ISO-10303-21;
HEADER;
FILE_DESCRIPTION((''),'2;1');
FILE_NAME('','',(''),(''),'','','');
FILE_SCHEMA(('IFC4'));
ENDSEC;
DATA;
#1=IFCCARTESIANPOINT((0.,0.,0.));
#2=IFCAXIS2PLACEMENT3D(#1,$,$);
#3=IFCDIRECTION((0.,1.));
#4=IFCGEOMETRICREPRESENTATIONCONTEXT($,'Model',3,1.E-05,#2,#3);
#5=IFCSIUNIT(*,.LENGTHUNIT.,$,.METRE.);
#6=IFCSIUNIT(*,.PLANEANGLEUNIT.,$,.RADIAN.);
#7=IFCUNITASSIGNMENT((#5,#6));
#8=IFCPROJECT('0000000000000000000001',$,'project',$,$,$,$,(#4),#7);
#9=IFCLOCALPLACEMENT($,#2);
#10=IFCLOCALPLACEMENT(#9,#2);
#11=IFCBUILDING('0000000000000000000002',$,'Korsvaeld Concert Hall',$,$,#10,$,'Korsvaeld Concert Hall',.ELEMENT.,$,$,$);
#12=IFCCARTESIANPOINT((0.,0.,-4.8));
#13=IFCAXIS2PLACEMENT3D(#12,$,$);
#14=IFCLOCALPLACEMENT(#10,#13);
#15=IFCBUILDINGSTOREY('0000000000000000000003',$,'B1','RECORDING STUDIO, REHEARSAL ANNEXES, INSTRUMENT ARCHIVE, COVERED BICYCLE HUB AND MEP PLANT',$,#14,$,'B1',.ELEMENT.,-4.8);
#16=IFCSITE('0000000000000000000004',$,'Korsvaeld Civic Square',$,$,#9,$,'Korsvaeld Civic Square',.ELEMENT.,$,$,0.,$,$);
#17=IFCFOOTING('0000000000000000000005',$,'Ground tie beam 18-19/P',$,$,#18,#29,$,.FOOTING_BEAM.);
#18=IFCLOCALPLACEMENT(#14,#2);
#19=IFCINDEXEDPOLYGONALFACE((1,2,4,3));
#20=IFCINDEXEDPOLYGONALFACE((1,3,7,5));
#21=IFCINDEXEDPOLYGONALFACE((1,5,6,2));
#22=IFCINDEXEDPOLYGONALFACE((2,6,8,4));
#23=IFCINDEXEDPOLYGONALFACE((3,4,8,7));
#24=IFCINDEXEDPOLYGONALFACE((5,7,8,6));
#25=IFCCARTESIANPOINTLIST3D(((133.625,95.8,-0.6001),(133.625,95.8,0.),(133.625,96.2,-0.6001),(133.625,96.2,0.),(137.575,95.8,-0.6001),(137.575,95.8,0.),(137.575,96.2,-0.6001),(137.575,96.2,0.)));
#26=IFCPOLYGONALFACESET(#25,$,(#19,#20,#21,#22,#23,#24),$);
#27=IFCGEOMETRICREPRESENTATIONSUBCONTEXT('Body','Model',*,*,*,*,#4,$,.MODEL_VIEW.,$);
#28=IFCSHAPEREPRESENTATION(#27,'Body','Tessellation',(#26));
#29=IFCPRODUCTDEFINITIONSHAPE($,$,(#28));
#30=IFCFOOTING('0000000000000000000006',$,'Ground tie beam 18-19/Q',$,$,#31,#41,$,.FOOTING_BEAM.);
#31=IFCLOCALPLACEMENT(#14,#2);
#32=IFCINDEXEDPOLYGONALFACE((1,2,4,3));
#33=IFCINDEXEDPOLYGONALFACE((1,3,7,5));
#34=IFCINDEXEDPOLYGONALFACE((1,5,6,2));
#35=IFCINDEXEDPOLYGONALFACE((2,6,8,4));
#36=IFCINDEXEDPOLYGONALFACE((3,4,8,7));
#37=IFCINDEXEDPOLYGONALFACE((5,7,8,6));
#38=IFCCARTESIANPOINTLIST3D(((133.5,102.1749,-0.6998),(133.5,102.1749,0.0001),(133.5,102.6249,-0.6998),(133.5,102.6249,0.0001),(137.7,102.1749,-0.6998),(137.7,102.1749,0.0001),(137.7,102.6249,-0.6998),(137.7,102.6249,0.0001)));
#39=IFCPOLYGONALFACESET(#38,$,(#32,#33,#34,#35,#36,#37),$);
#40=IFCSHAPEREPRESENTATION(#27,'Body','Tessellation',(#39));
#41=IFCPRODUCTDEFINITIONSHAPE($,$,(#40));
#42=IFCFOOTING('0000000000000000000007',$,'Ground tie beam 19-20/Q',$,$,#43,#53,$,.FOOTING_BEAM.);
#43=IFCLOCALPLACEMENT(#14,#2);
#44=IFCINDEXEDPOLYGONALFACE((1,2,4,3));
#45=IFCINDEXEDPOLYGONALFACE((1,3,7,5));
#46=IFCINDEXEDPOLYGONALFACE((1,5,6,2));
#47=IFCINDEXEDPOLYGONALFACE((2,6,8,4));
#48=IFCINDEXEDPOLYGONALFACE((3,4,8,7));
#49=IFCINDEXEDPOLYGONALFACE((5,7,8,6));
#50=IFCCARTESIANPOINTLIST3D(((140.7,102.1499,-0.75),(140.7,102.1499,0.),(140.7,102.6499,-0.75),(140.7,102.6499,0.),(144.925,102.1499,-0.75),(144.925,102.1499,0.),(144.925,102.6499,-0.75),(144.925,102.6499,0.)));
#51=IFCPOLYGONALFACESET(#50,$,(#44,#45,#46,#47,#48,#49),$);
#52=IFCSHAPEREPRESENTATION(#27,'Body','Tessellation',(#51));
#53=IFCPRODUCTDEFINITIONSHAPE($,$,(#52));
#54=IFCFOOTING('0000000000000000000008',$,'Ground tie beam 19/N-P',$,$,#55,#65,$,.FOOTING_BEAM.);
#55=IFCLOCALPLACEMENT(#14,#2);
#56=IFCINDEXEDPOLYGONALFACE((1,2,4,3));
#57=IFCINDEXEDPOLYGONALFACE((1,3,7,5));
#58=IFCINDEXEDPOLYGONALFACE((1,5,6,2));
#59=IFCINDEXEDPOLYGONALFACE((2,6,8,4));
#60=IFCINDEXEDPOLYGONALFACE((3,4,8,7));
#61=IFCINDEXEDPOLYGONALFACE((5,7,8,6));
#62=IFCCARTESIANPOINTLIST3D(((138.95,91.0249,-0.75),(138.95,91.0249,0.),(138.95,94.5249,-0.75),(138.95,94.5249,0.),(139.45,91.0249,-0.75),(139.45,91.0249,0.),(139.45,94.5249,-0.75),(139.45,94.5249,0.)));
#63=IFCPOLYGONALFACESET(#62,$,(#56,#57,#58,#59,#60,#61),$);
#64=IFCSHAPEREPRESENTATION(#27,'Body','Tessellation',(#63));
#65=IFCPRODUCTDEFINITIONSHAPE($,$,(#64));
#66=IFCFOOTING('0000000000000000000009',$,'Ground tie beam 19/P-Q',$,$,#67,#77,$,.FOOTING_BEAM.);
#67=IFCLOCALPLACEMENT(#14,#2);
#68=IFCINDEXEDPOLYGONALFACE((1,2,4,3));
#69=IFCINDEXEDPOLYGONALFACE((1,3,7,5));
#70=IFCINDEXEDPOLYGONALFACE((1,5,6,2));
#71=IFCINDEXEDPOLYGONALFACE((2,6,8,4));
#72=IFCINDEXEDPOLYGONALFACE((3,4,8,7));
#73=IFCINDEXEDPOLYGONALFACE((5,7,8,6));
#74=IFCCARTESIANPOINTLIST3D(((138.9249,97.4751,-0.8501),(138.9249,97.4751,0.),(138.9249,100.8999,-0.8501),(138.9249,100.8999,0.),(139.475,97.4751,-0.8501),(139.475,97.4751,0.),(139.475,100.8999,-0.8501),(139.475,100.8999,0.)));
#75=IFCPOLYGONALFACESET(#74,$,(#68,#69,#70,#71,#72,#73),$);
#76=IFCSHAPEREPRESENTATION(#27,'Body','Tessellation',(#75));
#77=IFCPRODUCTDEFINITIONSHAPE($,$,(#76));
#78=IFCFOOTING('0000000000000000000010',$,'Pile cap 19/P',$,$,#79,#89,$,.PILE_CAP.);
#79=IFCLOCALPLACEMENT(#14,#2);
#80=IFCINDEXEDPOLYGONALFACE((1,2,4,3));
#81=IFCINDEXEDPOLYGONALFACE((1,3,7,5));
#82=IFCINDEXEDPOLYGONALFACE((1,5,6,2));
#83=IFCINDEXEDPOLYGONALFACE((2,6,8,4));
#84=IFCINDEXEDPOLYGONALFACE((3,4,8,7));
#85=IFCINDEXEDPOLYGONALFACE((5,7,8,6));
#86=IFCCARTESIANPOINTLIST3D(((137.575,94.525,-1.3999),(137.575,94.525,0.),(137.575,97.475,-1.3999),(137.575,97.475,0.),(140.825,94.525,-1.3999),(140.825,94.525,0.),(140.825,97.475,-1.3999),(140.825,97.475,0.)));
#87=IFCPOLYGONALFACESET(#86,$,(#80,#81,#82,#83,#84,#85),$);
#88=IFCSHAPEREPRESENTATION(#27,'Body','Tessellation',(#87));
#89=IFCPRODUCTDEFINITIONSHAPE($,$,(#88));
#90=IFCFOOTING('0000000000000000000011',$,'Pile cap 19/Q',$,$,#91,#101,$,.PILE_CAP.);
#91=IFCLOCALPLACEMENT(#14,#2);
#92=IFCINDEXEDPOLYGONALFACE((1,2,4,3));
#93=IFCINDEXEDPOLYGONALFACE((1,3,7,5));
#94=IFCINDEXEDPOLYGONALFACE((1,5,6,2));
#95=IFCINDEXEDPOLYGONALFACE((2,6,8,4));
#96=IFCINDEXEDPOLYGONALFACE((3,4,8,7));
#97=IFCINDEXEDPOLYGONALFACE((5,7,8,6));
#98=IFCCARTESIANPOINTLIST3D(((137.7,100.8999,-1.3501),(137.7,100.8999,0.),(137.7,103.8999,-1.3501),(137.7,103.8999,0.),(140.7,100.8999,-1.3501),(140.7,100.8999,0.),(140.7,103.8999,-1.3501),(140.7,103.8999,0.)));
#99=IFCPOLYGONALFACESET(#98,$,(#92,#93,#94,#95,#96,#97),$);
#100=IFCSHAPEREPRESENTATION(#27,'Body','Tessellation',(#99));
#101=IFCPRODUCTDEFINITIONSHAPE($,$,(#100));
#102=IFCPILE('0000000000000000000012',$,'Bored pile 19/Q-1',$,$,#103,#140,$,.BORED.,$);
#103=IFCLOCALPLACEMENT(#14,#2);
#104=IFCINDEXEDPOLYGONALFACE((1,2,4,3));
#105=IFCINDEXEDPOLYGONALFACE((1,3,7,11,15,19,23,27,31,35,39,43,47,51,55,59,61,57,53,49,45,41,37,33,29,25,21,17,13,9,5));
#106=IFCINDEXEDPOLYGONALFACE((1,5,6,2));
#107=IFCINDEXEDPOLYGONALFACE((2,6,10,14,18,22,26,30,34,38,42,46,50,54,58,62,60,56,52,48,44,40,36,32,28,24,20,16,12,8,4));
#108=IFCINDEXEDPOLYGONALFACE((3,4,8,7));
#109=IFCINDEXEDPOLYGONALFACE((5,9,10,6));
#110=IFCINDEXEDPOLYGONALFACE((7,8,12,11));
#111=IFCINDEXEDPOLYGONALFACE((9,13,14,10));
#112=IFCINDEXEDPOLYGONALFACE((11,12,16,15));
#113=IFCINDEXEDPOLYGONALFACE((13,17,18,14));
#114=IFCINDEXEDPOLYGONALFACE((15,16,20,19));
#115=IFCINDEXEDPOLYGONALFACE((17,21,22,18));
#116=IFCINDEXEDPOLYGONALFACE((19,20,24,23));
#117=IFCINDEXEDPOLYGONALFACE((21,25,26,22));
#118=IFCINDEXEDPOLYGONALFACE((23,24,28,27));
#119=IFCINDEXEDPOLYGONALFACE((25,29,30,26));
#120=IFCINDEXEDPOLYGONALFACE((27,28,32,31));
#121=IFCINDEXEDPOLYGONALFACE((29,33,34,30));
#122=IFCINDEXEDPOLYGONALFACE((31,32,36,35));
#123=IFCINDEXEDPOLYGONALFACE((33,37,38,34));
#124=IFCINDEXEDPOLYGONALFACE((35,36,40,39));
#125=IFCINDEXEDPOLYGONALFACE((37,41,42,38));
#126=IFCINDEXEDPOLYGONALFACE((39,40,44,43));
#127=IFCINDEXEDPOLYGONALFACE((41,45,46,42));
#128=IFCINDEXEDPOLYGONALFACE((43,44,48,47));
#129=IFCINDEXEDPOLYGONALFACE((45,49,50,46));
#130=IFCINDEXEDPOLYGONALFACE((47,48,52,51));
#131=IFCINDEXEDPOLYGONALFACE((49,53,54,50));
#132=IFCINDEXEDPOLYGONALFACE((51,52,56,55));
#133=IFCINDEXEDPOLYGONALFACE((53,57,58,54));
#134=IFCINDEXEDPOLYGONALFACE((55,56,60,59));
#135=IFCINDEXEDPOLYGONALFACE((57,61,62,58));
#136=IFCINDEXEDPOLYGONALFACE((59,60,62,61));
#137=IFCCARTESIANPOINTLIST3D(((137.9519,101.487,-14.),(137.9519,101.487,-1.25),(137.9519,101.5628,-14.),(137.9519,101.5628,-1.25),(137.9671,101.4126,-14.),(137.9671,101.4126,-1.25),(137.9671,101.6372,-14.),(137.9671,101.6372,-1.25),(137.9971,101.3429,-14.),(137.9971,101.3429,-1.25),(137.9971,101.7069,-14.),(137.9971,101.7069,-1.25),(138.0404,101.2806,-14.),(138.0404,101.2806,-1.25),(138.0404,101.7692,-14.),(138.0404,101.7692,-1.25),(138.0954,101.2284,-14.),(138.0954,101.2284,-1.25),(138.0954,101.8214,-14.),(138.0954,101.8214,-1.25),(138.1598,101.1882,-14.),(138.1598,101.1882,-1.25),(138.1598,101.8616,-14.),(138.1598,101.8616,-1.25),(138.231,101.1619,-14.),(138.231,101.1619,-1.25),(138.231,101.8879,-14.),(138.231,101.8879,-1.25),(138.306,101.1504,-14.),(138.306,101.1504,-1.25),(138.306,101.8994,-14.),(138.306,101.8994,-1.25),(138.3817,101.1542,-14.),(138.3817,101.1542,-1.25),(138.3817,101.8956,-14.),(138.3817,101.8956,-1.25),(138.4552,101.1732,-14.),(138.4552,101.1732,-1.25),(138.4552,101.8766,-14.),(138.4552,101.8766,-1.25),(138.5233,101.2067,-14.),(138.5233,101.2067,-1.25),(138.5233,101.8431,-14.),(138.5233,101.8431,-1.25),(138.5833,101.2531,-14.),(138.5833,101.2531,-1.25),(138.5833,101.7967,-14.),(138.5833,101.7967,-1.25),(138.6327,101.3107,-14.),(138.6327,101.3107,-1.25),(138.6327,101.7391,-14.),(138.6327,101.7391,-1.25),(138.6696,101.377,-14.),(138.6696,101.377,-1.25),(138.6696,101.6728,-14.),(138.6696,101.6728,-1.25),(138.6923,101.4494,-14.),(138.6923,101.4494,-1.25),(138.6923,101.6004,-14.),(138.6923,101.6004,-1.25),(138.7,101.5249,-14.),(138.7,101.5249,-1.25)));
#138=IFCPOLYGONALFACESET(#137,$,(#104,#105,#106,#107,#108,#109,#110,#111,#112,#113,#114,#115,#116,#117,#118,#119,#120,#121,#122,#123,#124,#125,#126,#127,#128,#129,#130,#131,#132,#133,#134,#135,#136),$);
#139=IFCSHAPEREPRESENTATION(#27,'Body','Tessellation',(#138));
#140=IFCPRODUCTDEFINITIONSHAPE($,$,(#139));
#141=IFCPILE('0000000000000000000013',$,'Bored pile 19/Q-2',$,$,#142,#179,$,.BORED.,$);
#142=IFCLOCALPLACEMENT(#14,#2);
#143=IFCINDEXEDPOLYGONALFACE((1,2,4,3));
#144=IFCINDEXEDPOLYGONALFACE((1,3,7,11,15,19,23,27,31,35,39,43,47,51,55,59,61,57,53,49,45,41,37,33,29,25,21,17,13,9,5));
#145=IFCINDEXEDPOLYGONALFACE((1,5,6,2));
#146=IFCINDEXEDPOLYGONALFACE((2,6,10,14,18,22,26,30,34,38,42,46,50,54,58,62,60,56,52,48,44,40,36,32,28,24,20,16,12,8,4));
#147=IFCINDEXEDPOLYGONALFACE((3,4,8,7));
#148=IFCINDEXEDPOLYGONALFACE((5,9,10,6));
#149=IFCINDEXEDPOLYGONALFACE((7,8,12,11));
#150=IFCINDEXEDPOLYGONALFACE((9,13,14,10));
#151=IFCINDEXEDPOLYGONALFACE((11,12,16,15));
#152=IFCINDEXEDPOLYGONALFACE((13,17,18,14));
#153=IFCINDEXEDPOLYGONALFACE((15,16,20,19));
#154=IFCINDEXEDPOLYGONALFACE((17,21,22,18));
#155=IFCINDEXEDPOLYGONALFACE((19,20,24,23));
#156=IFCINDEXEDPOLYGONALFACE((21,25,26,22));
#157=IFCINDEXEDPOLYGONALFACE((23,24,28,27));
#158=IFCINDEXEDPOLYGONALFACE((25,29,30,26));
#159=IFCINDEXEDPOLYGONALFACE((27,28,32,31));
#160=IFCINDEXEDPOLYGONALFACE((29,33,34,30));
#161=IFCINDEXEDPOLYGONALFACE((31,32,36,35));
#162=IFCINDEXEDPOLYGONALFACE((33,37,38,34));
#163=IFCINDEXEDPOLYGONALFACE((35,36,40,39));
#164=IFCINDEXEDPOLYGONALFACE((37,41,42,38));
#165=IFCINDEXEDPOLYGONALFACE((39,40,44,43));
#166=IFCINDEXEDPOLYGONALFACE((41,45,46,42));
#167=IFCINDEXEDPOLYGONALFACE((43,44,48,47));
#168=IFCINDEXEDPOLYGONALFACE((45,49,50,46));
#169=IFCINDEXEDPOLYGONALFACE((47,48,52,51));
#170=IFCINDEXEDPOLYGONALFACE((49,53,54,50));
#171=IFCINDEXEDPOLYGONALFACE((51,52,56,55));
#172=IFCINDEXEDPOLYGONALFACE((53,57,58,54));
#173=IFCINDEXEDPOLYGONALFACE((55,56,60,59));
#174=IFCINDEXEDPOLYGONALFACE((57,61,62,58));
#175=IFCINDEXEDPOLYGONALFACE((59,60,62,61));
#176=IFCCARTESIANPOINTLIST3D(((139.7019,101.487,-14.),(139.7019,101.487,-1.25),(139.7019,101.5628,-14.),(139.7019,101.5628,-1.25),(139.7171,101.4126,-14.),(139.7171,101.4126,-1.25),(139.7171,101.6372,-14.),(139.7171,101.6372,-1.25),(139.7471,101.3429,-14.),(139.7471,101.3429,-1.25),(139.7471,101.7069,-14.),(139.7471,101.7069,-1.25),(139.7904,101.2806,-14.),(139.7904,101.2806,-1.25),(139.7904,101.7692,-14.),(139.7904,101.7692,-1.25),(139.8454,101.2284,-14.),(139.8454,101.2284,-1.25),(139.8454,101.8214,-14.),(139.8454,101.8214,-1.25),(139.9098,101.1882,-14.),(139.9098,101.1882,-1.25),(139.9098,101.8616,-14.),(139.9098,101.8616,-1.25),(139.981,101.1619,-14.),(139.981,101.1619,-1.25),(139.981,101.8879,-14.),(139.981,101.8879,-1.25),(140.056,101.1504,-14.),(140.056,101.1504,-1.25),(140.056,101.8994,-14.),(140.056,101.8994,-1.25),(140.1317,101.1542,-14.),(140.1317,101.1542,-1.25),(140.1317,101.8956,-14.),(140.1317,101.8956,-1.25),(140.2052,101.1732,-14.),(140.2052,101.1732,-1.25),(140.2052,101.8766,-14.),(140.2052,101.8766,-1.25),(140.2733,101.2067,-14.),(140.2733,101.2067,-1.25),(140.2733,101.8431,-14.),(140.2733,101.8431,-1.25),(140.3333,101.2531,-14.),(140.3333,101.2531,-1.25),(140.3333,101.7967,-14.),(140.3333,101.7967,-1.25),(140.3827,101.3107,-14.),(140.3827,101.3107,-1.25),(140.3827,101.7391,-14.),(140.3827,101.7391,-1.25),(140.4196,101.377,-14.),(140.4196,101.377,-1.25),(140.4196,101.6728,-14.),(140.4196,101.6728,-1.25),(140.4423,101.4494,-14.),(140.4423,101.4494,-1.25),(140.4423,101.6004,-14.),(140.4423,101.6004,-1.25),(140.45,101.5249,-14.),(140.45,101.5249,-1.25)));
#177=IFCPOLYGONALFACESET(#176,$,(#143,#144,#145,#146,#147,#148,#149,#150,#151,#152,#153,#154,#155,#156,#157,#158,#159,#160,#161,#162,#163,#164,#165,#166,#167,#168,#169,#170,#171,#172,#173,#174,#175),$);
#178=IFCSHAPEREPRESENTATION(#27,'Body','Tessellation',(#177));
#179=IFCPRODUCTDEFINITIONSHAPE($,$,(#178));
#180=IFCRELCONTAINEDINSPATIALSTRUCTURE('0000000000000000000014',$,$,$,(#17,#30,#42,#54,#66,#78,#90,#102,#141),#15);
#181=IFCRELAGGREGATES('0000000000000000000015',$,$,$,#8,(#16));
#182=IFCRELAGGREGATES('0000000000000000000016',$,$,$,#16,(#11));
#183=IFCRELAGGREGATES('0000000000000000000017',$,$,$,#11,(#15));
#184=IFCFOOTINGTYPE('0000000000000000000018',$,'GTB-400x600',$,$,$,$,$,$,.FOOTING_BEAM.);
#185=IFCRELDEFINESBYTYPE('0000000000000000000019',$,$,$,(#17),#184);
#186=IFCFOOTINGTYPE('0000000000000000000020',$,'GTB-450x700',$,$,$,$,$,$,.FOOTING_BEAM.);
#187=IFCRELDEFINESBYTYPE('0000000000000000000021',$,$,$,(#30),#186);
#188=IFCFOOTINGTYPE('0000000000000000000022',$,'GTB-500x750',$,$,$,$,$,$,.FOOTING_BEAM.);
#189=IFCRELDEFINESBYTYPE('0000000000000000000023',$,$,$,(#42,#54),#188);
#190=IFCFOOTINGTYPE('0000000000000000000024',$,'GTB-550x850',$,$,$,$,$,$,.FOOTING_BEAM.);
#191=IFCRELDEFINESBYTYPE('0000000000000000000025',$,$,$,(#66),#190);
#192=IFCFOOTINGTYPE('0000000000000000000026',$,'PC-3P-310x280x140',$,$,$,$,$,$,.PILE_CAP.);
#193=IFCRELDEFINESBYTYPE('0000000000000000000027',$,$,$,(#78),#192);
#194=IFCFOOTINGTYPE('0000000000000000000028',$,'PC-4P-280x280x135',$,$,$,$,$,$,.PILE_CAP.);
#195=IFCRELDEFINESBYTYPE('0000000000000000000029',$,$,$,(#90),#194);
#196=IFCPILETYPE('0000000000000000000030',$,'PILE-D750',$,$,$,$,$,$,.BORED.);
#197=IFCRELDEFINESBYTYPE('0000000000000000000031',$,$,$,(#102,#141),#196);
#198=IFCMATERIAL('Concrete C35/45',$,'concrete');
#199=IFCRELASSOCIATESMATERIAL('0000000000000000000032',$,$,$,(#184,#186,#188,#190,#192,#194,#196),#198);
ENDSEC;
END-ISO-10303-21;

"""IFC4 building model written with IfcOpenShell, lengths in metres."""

from ifc_helpers import new_model, si_unit, direction, frame, origin, origin_2d, place, context, subcontext, project, spatial, rectangle, circle, extrude, material, material_profile, profile_set, type_object, element, save


model = new_model("IFC4")

# Units and contexts
model_context = context("Model", 3, precision=1e-05, world=origin(), true_north=direction((0.0, 1.0)))
body_context = subcontext(model_context, "Body", "Model", "MODEL_VIEW")
ifc_project = project(units=[si_unit("LENGTHUNIT", "METRE"), si_unit("PLANEANGLEUNIT", "RADIAN")], contexts=[model_context])

# Site, building, storey
site_placement = place(None, origin())
site = spatial("IfcSite", under=ifc_project, at=site_placement, Name="Korsvaeld Civic Square", LongName="Korsvaeld Civic Square", CompositionType="ELEMENT", RefElevation=0.0)
building_placement = place(site_placement, origin())
building = spatial("IfcBuilding", under=site, at=building_placement, Name="Korsvaeld Concert Hall", LongName="Korsvaeld Concert Hall", CompositionType="ELEMENT")
storey_placement = place(building_placement, frame((0.0, 0.0, -4.8)))
storey = spatial("IfcBuildingStorey", under=building, at=storey_placement, Name="B1", Description="RECORDING STUDIO, REHEARSAL ANNEXES, INSTRUMENT ARCHIVE, COVERED BICYCLE HUB AND MEP PLANT", LongName="B1", CompositionType="ELEMENT", Elevation=-4.8)

# Footings
ifc_material_1 = material(Name="Concrete C35/45", Category="concrete")
ifc_material_profile_1 = material_profile(ifc_material_1, rectangle(XDim=0.3999, YDim=0.6001, at=origin_2d()), Name="GTB 400x600")
ifc_profile_set_1 = profile_set([ifc_material_profile_1], Name="Concrete C35/45")
footing_type_1 = type_object("IfcFootingType", Name="GTB-400x600", PredefinedType="FOOTING_BEAM", material=ifc_profile_set_1)
footing_1_placement = place(storey_placement, frame((133.625, 96.0, -0.3), z_axis=(1.0, 0.0, 0.0), x_axis=(0.0, 1.0, 0.0)))
element("IfcFooting", 1, at=footing_1_placement, inside=storey, type_object=footing_type_1, Name="Ground tie beam 18-19/P", PredefinedType="FOOTING_BEAM", context=body_context, shape_type="SweptSolid", body=[
    extrude(rectangle(XDim=0.3999, YDim=0.6001, at=origin_2d()), origin(), (0.0, 0.0, 1.0), 3.95),
])
ifc_material_profile_2 = material_profile(ifc_material_1, rectangle(XDim=0.45, YDim=0.7, at=origin_2d()), Name="GTB 450x700")
ifc_profile_set_2 = profile_set([ifc_material_profile_2], Name="Concrete C35/45")
footing_type_2 = type_object("IfcFootingType", Name="GTB-450x700", PredefinedType="FOOTING_BEAM", material=ifc_profile_set_2)
footing_2_placement = place(storey_placement, frame((133.5, 102.3999, -0.3499), z_axis=(1.0, 0.0, 0.0), x_axis=(0.0, 1.0, 0.0)))
element("IfcFooting", 2, at=footing_2_placement, inside=storey, type_object=footing_type_2, Name="Ground tie beam 18-19/Q", PredefinedType="FOOTING_BEAM", context=body_context, shape_type="SweptSolid", body=[
    extrude(rectangle(XDim=0.45, YDim=0.7, at=origin_2d()), origin(), (0.0, 0.0, 1.0), 4.2),
])
ifc_material_profile_3 = material_profile(ifc_material_1, rectangle(XDim=0.5, YDim=0.75, at=origin_2d()), Name="GTB 500x750")
ifc_profile_set_3 = profile_set([ifc_material_profile_3], Name="Concrete C35/45")
footing_type_3 = type_object("IfcFootingType", Name="GTB-500x750", PredefinedType="FOOTING_BEAM", material=ifc_profile_set_3)
footing_3_placement = place(storey_placement, frame((140.7, 102.3999, -0.375), z_axis=(1.0, 0.0, 0.0), x_axis=(0.0, 1.0, 0.0)))
element("IfcFooting", 3, at=footing_3_placement, inside=storey, type_object=footing_type_3, Name="Ground tie beam 19-20/Q", PredefinedType="FOOTING_BEAM", context=body_context, shape_type="SweptSolid", body=[
    extrude(rectangle(XDim=0.5, YDim=0.75, at=origin_2d()), origin(), (0.0, 0.0, 1.0), 4.2251),
])
footing_4_placement = place(storey_placement, frame((139.2, 91.0249, -0.375), z_axis=(0.0, 1.0, 0.0), x_axis=(-1.0, 0.0, 0.0)))
element("IfcFooting", 4, at=footing_4_placement, inside=storey, type_object=footing_type_3, Name="Ground tie beam 19/N-P", PredefinedType="FOOTING_BEAM", context=body_context, shape_type="SweptSolid", body=[
    extrude(rectangle(XDim=0.5, YDim=0.75, at=origin_2d()), origin(), (0.0, 0.0, 1.0), 3.5),
])
ifc_material_profile_4 = material_profile(ifc_material_1, rectangle(XDim=0.55, YDim=0.8501, at=origin_2d()), Name="GTB 550x850")
ifc_profile_set_4 = profile_set([ifc_material_profile_4], Name="Concrete C35/45")
footing_type_4 = type_object("IfcFootingType", Name="GTB-550x850", PredefinedType="FOOTING_BEAM", material=ifc_profile_set_4)
footing_5_placement = place(storey_placement, frame((139.2, 97.4751, -0.425), z_axis=(0.0, 1.0, 0.0), x_axis=(-1.0, 0.0, 0.0)))
element("IfcFooting", 5, at=footing_5_placement, inside=storey, type_object=footing_type_4, Name="Ground tie beam 19/P-Q", PredefinedType="FOOTING_BEAM", context=body_context, shape_type="SweptSolid", body=[
    extrude(rectangle(XDim=0.55, YDim=0.8501, at=origin_2d()), origin(), (0.0, 0.0, 1.0), 3.4248),
])
footing_type_5 = type_object("IfcFootingType", Name="PC-3P-310x280x140", PredefinedType="PILE_CAP", material=ifc_material_1)
footing_6_placement = place(storey_placement, frame((139.2, 96.0, -1.3999), z_axis=(0.0, 0.0, 1.0), x_axis=(1.0, 0.0, 0.0)))
element("IfcFooting", 6, at=footing_6_placement, inside=storey, type_object=footing_type_5, Name="Pile cap 19/P", PredefinedType="PILE_CAP", context=body_context, shape_type="SweptSolid", body=[
    extrude(rectangle(XDim=3.25, YDim=2.95, at=origin_2d()), origin(), (0.0, 0.0, 1.0), 1.3999),
])
footing_type_6 = type_object("IfcFootingType", Name="PC-4P-280x280x135", PredefinedType="PILE_CAP", material=ifc_material_1)
footing_7_placement = place(storey_placement, frame((139.2, 102.3999, -1.3501), z_axis=(0.0, 0.0, 1.0), x_axis=(1.0, 0.0, 0.0)))
element("IfcFooting", 7, at=footing_7_placement, inside=storey, type_object=footing_type_6, Name="Pile cap 19/Q", PredefinedType="PILE_CAP", context=body_context, shape_type="SweptSolid", body=[
    extrude(rectangle(XDim=3.0, YDim=3.0, at=origin_2d()), origin(), (0.0, 0.0, 1.0), 1.3501),
])

# Piles
ifc_material_profile_5 = material_profile(ifc_material_1, circle(Radius=0.375, at=origin_2d()), Name="BORED PILE D750")
ifc_profile_set_5 = profile_set([ifc_material_profile_5], Name="Concrete C35/45")
pile_type_1 = type_object("IfcPileType", Name="PILE-D750", PredefinedType="BORED", material=ifc_profile_set_5)
for number, where, z_axis, x_axis, name in (
    (8, (138.325, 101.5249, -1.25), (0.0, 0.0, -1.0), (1.0, 0.0, 0.0), "Bored pile 19/Q-1"),
    (9, (140.075, 101.5249, -1.25), (0.0, 0.0, -1.0), (1.0, 0.0, 0.0), "Bored pile 19/Q-2"),
):
    element("IfcPile", number, at=place(storey_placement, frame(where, z_axis=z_axis, x_axis=x_axis)), inside=storey, type_object=pile_type_1, Name=name, PredefinedType="BORED", context=body_context, shape_type="SweptSolid", body=[
        extrude(circle(Radius=0.375, at=origin_2d()), origin(), (0.0, 0.0, 1.0), 12.75),
    ])

save(model, "model.ifc")
